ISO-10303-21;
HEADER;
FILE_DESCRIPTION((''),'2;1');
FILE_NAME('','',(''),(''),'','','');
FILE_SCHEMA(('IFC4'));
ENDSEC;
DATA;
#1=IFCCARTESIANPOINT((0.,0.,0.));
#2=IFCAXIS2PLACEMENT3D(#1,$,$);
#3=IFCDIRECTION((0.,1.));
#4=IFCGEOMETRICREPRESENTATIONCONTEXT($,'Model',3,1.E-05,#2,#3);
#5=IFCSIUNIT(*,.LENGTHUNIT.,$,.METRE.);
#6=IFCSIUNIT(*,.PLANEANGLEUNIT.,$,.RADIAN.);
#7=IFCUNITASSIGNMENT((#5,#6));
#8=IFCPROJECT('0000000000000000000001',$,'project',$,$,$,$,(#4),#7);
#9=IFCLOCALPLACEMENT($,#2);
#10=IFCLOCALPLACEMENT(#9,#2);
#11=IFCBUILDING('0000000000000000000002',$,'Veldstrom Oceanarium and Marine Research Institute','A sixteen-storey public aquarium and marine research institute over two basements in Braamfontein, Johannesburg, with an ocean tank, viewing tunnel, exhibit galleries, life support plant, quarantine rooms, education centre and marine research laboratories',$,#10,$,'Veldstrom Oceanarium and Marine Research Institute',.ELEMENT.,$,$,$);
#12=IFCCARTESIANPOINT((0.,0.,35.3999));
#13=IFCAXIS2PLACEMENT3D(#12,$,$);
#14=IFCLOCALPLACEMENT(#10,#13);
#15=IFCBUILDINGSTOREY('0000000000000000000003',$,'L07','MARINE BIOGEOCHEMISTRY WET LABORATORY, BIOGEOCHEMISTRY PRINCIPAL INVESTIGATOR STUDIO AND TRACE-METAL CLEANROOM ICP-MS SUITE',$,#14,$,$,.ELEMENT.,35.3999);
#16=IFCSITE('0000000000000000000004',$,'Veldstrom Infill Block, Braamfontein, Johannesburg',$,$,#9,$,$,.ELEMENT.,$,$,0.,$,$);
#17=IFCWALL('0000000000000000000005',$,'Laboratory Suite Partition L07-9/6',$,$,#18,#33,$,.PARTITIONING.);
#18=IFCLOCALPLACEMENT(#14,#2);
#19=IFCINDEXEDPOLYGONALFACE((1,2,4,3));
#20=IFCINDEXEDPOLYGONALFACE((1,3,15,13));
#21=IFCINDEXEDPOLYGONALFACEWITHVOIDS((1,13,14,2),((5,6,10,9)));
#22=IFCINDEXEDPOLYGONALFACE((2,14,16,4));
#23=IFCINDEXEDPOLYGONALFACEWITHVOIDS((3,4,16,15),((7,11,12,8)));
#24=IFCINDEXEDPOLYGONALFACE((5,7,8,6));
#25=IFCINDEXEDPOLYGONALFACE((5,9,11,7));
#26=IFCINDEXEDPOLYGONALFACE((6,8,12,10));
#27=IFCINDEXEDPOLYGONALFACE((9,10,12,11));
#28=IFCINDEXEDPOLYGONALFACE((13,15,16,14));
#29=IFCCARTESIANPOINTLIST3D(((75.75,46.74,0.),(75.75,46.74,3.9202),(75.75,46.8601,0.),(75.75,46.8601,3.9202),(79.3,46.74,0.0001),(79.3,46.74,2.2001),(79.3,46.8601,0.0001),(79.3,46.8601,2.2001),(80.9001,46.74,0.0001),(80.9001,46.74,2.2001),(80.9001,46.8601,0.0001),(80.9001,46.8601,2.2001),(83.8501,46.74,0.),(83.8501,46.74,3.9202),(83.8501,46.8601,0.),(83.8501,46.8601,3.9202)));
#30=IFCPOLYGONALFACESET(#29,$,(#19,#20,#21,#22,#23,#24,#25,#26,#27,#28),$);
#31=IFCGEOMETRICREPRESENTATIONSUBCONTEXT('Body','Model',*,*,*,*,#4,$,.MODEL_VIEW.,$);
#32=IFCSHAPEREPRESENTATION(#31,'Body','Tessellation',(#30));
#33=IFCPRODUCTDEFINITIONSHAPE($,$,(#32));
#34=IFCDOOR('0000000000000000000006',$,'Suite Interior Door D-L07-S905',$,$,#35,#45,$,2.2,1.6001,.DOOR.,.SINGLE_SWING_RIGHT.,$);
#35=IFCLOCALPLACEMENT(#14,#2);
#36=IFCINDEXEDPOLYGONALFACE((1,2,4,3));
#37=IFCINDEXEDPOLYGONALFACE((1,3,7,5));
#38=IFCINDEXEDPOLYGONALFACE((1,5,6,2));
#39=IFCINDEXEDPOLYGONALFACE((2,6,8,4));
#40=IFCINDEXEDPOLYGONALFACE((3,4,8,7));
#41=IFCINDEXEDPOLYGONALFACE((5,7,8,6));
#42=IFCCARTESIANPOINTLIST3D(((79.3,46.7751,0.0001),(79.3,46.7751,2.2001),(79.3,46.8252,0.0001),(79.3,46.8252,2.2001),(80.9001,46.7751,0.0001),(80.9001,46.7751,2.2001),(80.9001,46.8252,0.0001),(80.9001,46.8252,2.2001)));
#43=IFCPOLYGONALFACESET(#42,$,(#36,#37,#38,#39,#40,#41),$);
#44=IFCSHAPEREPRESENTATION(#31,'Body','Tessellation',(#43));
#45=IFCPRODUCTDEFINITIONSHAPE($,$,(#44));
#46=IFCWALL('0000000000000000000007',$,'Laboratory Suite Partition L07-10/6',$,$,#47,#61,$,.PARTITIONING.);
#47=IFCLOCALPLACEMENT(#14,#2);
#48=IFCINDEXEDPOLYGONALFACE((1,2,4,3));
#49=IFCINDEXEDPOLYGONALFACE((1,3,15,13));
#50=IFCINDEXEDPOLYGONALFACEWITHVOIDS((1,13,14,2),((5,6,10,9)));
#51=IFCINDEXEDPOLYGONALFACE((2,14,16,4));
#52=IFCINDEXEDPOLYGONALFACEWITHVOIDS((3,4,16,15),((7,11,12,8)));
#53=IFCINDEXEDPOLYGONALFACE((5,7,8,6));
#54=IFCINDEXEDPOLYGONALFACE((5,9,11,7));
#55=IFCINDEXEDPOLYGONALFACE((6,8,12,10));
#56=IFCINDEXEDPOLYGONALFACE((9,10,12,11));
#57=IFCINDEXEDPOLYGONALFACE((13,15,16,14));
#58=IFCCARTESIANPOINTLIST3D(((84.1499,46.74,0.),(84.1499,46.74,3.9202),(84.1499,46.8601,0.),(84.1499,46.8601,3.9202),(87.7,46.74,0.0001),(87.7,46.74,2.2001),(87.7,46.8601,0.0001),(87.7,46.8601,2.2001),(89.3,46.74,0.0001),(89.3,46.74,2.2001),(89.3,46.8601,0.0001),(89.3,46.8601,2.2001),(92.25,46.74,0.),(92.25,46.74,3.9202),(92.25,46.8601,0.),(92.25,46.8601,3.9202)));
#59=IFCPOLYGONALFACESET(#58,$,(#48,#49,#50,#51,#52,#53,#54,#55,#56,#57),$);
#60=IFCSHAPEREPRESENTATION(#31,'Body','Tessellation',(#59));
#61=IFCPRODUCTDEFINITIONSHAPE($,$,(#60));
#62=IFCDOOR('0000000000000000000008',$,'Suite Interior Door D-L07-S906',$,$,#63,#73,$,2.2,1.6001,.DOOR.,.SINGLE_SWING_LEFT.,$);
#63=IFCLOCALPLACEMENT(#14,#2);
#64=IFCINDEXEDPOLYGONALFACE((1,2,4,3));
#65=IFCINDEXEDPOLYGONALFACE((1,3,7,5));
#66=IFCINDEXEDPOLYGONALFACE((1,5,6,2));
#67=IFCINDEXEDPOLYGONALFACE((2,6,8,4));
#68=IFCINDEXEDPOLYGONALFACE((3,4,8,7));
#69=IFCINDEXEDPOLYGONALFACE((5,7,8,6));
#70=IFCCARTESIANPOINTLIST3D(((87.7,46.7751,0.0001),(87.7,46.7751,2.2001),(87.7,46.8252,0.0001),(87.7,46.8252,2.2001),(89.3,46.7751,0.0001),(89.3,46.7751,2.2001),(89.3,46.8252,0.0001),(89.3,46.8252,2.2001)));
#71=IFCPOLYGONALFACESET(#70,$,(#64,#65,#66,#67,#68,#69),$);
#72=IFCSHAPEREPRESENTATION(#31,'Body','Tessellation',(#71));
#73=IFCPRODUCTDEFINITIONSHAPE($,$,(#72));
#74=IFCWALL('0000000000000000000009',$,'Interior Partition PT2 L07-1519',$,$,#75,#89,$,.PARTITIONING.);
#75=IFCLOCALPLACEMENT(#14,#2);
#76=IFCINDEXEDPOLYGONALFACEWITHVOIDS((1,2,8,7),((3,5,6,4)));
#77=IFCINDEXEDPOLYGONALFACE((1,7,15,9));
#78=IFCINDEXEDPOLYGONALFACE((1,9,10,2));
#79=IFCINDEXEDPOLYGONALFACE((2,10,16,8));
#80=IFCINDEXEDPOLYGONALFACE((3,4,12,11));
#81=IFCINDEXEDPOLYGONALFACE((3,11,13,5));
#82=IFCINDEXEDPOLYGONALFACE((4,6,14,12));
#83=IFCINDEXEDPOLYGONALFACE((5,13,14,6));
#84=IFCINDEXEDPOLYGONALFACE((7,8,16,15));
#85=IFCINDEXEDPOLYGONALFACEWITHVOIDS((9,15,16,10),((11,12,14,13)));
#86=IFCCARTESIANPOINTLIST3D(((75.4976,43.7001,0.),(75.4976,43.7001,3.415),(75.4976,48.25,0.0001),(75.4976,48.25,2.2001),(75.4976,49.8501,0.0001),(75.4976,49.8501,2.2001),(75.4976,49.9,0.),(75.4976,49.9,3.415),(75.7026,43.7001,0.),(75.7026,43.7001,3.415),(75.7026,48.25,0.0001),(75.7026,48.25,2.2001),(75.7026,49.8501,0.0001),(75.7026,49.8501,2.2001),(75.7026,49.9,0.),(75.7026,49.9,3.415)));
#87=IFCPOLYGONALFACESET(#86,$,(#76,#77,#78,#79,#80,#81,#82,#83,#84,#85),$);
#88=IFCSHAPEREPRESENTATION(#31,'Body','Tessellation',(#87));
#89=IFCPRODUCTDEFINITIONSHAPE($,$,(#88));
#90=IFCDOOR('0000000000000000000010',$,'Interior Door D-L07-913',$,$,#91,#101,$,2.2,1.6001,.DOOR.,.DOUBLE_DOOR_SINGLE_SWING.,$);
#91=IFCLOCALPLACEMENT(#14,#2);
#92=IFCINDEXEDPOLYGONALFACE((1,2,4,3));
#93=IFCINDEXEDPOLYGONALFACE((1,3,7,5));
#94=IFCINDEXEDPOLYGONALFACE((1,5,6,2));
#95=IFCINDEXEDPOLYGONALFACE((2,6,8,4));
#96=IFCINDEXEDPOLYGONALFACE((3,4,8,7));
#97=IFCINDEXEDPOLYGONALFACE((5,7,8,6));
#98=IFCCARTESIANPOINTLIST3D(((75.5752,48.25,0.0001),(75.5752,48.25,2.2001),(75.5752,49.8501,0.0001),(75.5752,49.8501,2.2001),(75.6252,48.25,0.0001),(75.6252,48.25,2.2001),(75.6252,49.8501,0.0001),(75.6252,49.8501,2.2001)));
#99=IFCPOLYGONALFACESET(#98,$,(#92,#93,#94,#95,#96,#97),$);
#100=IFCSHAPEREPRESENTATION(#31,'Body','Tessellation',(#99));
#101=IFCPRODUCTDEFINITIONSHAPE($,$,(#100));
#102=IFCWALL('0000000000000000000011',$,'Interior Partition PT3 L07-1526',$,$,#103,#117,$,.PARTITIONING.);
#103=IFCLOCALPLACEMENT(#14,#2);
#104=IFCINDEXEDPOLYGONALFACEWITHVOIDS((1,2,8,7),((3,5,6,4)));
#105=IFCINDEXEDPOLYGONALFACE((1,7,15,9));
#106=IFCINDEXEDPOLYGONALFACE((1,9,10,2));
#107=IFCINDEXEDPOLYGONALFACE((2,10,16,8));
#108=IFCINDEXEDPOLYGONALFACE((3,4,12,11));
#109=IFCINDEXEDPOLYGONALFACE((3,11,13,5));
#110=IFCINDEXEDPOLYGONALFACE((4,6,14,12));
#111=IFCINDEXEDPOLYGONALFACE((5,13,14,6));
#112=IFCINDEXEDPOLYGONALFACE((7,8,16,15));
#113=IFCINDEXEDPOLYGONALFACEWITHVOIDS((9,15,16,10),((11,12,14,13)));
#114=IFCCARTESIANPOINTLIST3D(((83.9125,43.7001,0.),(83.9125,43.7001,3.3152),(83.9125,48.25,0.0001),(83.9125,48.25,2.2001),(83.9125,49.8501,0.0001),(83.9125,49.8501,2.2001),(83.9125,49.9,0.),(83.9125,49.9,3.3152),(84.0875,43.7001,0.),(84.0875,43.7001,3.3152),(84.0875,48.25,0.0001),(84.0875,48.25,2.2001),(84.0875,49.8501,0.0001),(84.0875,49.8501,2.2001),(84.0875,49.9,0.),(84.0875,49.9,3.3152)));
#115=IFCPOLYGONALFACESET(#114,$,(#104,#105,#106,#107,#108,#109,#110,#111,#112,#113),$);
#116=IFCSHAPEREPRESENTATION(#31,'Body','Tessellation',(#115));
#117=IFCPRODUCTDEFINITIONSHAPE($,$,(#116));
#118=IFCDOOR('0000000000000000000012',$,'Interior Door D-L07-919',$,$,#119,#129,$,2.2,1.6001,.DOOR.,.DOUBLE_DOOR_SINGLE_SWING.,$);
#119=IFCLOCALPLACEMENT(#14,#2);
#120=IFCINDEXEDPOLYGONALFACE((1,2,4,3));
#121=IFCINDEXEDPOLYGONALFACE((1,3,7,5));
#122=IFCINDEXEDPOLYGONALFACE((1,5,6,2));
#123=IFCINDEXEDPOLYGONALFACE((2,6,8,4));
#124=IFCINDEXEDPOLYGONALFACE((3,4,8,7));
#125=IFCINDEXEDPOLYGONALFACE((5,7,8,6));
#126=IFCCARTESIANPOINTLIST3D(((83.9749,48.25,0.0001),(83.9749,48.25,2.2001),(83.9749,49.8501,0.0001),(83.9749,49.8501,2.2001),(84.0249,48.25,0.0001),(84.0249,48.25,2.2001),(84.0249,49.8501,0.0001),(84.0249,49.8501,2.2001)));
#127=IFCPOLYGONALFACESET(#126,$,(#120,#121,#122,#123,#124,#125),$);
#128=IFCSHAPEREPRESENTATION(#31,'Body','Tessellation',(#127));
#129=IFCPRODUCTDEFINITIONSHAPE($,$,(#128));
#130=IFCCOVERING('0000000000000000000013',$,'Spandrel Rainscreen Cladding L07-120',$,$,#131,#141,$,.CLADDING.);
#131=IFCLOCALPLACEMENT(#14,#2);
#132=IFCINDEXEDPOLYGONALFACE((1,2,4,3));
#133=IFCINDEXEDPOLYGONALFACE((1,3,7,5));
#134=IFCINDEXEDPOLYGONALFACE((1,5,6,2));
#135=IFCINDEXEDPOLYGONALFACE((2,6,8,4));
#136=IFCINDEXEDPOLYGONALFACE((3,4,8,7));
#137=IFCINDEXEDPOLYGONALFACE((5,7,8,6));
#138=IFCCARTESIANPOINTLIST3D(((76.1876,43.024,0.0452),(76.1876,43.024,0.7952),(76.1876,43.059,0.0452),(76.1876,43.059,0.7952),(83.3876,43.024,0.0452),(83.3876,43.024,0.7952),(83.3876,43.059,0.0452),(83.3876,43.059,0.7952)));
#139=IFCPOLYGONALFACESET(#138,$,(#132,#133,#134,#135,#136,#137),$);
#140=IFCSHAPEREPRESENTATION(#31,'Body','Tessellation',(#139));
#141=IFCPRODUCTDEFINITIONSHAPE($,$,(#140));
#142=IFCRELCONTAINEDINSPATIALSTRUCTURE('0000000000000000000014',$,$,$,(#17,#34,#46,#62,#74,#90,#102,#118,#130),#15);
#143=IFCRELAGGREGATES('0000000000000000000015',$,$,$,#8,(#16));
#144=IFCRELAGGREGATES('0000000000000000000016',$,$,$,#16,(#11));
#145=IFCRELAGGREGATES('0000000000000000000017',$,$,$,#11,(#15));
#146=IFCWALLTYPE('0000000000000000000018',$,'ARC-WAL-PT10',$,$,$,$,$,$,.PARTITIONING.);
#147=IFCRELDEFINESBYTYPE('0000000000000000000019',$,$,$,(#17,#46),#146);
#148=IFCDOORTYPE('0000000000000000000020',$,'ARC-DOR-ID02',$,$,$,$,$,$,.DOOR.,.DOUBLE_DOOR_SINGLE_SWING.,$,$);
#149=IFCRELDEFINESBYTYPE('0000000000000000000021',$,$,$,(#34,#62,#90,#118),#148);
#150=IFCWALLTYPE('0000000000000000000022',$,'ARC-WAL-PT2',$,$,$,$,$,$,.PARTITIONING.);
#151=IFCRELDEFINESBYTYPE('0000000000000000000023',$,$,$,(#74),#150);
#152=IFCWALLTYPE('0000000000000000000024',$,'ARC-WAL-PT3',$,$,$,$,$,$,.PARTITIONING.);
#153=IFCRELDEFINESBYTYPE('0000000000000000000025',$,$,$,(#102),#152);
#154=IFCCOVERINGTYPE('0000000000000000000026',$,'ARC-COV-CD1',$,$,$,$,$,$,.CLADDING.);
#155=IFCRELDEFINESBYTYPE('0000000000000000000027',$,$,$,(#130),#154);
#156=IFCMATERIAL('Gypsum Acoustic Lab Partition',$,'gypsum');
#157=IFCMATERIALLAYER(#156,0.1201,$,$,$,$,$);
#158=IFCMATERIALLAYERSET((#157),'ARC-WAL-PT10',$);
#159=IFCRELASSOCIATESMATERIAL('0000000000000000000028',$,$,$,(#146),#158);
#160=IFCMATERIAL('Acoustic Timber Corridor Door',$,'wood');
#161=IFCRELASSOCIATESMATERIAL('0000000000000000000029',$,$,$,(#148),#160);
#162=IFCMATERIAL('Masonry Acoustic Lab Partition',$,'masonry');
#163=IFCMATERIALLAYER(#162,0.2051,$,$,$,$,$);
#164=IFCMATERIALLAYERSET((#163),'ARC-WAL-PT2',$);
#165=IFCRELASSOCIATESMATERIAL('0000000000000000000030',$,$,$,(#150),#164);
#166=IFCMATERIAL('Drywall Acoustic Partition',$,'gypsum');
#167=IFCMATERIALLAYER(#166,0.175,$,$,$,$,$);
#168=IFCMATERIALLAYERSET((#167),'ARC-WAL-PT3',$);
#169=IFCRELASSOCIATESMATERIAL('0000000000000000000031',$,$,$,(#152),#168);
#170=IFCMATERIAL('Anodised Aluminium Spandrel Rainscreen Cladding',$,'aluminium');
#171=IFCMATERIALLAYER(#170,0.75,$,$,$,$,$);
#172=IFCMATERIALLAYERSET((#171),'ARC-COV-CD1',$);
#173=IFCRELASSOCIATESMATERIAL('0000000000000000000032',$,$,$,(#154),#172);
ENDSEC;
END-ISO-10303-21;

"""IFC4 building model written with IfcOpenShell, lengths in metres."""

from ifc_helpers import new_model, si_unit, direction, frame, frame_2d, origin, origin_2d, place, context, subcontext, project, spatial, rectangle, extrude, material, layer, layer_set, type_object, element, fill, save


model = new_model("IFC4")

# Units and contexts
model_context = context("Model", 3, precision=1e-05, world=origin(), true_north=direction((0.0, 1.0)))
body_context = subcontext(model_context, "Body", "Model", "MODEL_VIEW")
ifc_project = project(units=[si_unit("LENGTHUNIT", "METRE"), si_unit("PLANEANGLEUNIT", "RADIAN")], contexts=[model_context])

# Site, building, storey
site_placement = place(None, origin())
site = spatial("IfcSite", under=ifc_project, at=site_placement, Name="Veldstrom Infill Block, Braamfontein, Johannesburg", CompositionType="ELEMENT", RefElevation=0.0)
building_placement = place(site_placement, origin())
building = spatial("IfcBuilding", under=site, at=building_placement, Name="Veldstrom Oceanarium and Marine Research Institute", Description="A sixteen-storey public aquarium and marine research institute over two basements in Braamfontein, Johannesburg, with an ocean tank, viewing tunnel, exhibit galleries, life support plant, quarantine rooms, education centre and marine research laboratories", LongName="Veldstrom Oceanarium and Marine Research Institute", CompositionType="ELEMENT")
storey_placement = place(building_placement, frame((0.0, 0.0, 35.3999)))
storey = spatial("IfcBuildingStorey", under=building, at=storey_placement, Name="L07", Description="MARINE BIOGEOCHEMISTRY WET LABORATORY, BIOGEOCHEMISTRY PRINCIPAL INVESTIGATOR STUDIO AND TRACE-METAL CLEANROOM ICP-MS SUITE", CompositionType="ELEMENT", Elevation=35.3999)

# Walls, openings, doors
ifc_material_1 = material(Name="Gypsum Acoustic Lab Partition", Category="gypsum")
ifc_layer_1 = layer(ifc_material_1, 0.1201)
ifc_layer_set_1 = layer_set([ifc_layer_1], Name="ARC-WAL-PT10")
wall_type_1 = type_object("IfcWallType", Name="ARC-WAL-PT10", PredefinedType="PARTITIONING", material=ifc_layer_set_1)
wall_1_placement = place(storey_placement, frame((75.75, 46.8, 0.0), z_axis=(0.0, 0.0, 1.0), x_axis=(1.0, 0.0, 0.0)))
wall_1 = element("IfcWall", 1, at=wall_1_placement, inside=storey, type_object=wall_type_1, Name="Laboratory Suite Partition L07-9/6", PredefinedType="PARTITIONING", context=body_context, shape_type="SweptSolid", body=[
    extrude(rectangle(XDim=8.1001, YDim=0.1201, at=frame_2d((4.05, 0.0))), origin(), (0.0, 0.0, 1.0), 3.9202),
])
opening_1_placement = place(wall_1_placement, frame((3.55, 0.0, 0.0)))
opening_1 = element("IfcOpeningElement", 2, at=opening_1_placement, cuts=wall_1, PredefinedType="OPENING", context=body_context, shape_type="SweptSolid", body=[
    extrude(rectangle(XDim=1.6001, YDim=2.2, at=frame_2d((0.8, 1.1001))), frame((0.0, 0.0701, 0.0), z_axis=(0.0, -1.0, 0.0), x_axis=(1.0, 0.0, 0.0)), (0.0, 0.0, 1.0), 0.1401),
])
ifc_material_2 = material(Name="Acoustic Timber Corridor Door", Category="wood")
door_type_1 = type_object("IfcDoorType", Name="ARC-DOR-ID02", OperationType="DOUBLE_DOOR_SINGLE_SWING", PredefinedType="DOOR", material=ifc_material_2)
door_1_placement = place(opening_1_placement, frame((1.6001, 0.0, 0.0), z_axis=(0.0, 0.0, 1.0), x_axis=(-1.0, 0.0, 0.0)))
door_1 = element("IfcDoor", 3, at=door_1_placement, inside=storey, type_object=door_type_1, Name="Suite Interior Door D-L07-S905", OperationType="SINGLE_SWING_RIGHT", OverallHeight=2.2, OverallWidth=1.6001, PredefinedType="DOOR", context=body_context, shape_type="SweptSolid", body=[
    extrude(rectangle(XDim=1.6001, YDim=2.2, at=frame_2d((0.8, 1.1001))), frame((0.0, 0.0249, 0.0), z_axis=(0.0, -1.0, 0.0), x_axis=(1.0, 0.0, 0.0)), (0.0, 0.0, 1.0), 0.05),
])
fill(opening_1, door_1)
wall_2_placement = place(storey_placement, frame((84.1499, 46.8, 0.0), z_axis=(0.0, 0.0, 1.0), x_axis=(1.0, 0.0, 0.0)))
wall_2 = element("IfcWall", 4, at=wall_2_placement, inside=storey, type_object=wall_type_1, Name="Laboratory Suite Partition L07-10/6", PredefinedType="PARTITIONING", context=body_context, shape_type="SweptSolid", body=[
    extrude(rectangle(XDim=8.1001, YDim=0.1201, at=frame_2d((4.05, 0.0))), origin(), (0.0, 0.0, 1.0), 3.9202),
])
opening_2_placement = place(wall_2_placement, frame((3.55, 0.0, 0.0)))
opening_2 = element("IfcOpeningElement", 5, at=opening_2_placement, cuts=wall_2, PredefinedType="OPENING", context=body_context, shape_type="SweptSolid", body=[
    extrude(rectangle(XDim=1.6001, YDim=2.2, at=frame_2d((0.8, 1.1001))), frame((0.0, 0.0701, 0.0), z_axis=(0.0, -1.0, 0.0), x_axis=(1.0, 0.0, 0.0)), (0.0, 0.0, 1.0), 0.1401),
])
door_2_placement = place(opening_2_placement, frame((1.6001, 0.0, 0.0), z_axis=(0.0, 0.0, 1.0), x_axis=(-1.0, 0.0, 0.0)))
door_2 = element("IfcDoor", 6, at=door_2_placement, inside=storey, type_object=door_type_1, Name="Suite Interior Door D-L07-S906", OperationType="SINGLE_SWING_LEFT", OverallHeight=2.2, OverallWidth=1.6001, PredefinedType="DOOR", context=body_context, shape_type="SweptSolid", body=[
    extrude(rectangle(XDim=1.6001, YDim=2.2, at=frame_2d((0.8, 1.1001))), frame((0.0, 0.0249, 0.0), z_axis=(0.0, -1.0, 0.0), x_axis=(1.0, 0.0, 0.0)), (0.0, 0.0, 1.0), 0.05),
])
fill(opening_2, door_2)
ifc_material_3 = material(Name="Masonry Acoustic Lab Partition", Category="masonry")
ifc_layer_2 = layer(ifc_material_3, 0.2051)
ifc_layer_set_2 = layer_set([ifc_layer_2], Name="ARC-WAL-PT2")
wall_type_2 = type_object("IfcWallType", Name="ARC-WAL-PT2", PredefinedType="PARTITIONING", material=ifc_layer_set_2)
wall_3_placement = place(storey_placement, frame((75.6001, 43.7, 0.0), z_axis=(0.0, 0.0, 1.0), x_axis=(0.0, 1.0, 0.0)))
wall_3 = element("IfcWall", 7, at=wall_3_placement, inside=storey, type_object=wall_type_2, Name="Interior Partition PT2 L07-1519", PredefinedType="PARTITIONING", context=body_context, shape_type="SweptSolid", body=[
    extrude(rectangle(XDim=6.2, YDim=0.2051, at=frame_2d((3.1001, 0.0))), origin(), (0.0, 0.0, 1.0), 3.415),
])
opening_3_placement = place(wall_3_placement, frame((4.55, 0.0, 0.0)))
opening_3 = element("IfcOpeningElement", 8, at=opening_3_placement, cuts=wall_3, PredefinedType="OPENING", context=body_context, shape_type="SweptSolid", body=[
    extrude(rectangle(XDim=1.6001, YDim=2.2, at=frame_2d((0.8, 1.1001))), frame((0.0, 0.1125, 0.0), z_axis=(0.0, -1.0, 0.0), x_axis=(1.0, 0.0, 0.0)), (0.0, 0.0, 1.0), 0.2251),
])
door_3_placement = place(opening_3_placement, origin())
door_3 = element("IfcDoor", 9, at=door_3_placement, inside=storey, type_object=door_type_1, Name="Interior Door D-L07-913", OperationType="DOUBLE_DOOR_SINGLE_SWING", OverallHeight=2.2, OverallWidth=1.6001, PredefinedType="DOOR", context=body_context, shape_type="SweptSolid", body=[
    extrude(rectangle(XDim=1.6001, YDim=2.2, at=frame_2d((0.8, 1.1001))), frame((0.0, 0.0249, 0.0), z_axis=(0.0, -1.0, 0.0), x_axis=(1.0, 0.0, 0.0)), (0.0, 0.0, 1.0), 0.05),
])
fill(opening_3, door_3)
ifc_material_4 = material(Name="Drywall Acoustic Partition", Category="gypsum")
ifc_layer_3 = layer(ifc_material_4, 0.175)
ifc_layer_set_3 = layer_set([ifc_layer_3], Name="ARC-WAL-PT3")
wall_type_3 = type_object("IfcWallType", Name="ARC-WAL-PT3", PredefinedType="PARTITIONING", material=ifc_layer_set_3)
wall_4_placement = place(storey_placement, frame((84.0, 43.7, 0.0), z_axis=(0.0, 0.0, 1.0), x_axis=(0.0, 1.0, 0.0)))
wall_4 = element("IfcWall", 10, at=wall_4_placement, inside=storey, type_object=wall_type_3, Name="Interior Partition PT3 L07-1526", PredefinedType="PARTITIONING", context=body_context, shape_type="SweptSolid", body=[
    extrude(rectangle(XDim=6.2, YDim=0.175, at=frame_2d((3.1001, 0.0))), origin(), (0.0, 0.0, 1.0), 3.3152),
])
opening_4_placement = place(wall_4_placement, frame((4.55, 0.0, 0.0)))
opening_4 = element("IfcOpeningElement", 11, at=opening_4_placement, cuts=wall_4, PredefinedType="OPENING", context=body_context, shape_type="SweptSolid", body=[
    extrude(rectangle(XDim=1.6001, YDim=2.2, at=frame_2d((0.8, 1.1001))), frame((0.0, 0.0974, 0.0), z_axis=(0.0, -1.0, 0.0), x_axis=(1.0, 0.0, 0.0)), (0.0, 0.0, 1.0), 0.1951),
])
door_4_placement = place(opening_4_placement, frame((1.6001, 0.0, 0.0), z_axis=(0.0, 0.0, 1.0), x_axis=(-1.0, 0.0, 0.0)))
door_4 = element("IfcDoor", 12, at=door_4_placement, inside=storey, type_object=door_type_1, Name="Interior Door D-L07-919", OperationType="DOUBLE_DOOR_SINGLE_SWING", OverallHeight=2.2, OverallWidth=1.6001, PredefinedType="DOOR", context=body_context, shape_type="SweptSolid", body=[
    extrude(rectangle(XDim=1.6001, YDim=2.2, at=frame_2d((0.8, 1.1001))), frame((0.0, 0.0249, 0.0), z_axis=(0.0, -1.0, 0.0), x_axis=(1.0, 0.0, 0.0)), (0.0, 0.0, 1.0), 0.05),
])
fill(opening_4, door_4)

# Covering
ifc_material_5 = material(Name="Anodised Aluminium Spandrel Rainscreen Cladding", Category="aluminium")
ifc_layer_4 = layer(ifc_material_5, 0.75)
ifc_layer_set_4 = layer_set([ifc_layer_4], Name="ARC-COV-CD1")
covering_type = type_object("IfcCoveringType", Name="ARC-COV-CD1", PredefinedType="CLADDING", material=ifc_layer_set_4)
covering_placement = place(storey_placement, frame((79.7876, 43.0415, 0.0452), z_axis=(0.0, 0.0, 1.0), x_axis=(1.0, 0.0, 0.0)))
element("IfcCovering", 13, at=covering_placement, inside=storey, type_object=covering_type, Name="Spandrel Rainscreen Cladding L07-120", PredefinedType="CLADDING", context=body_context, shape_type="SweptSolid", body=[
    extrude(rectangle(XDim=7.2, YDim=0.0349, at=origin_2d()), origin(), (0.0, 0.0, 1.0), 0.75),
])

save(model, "model.ifc")
